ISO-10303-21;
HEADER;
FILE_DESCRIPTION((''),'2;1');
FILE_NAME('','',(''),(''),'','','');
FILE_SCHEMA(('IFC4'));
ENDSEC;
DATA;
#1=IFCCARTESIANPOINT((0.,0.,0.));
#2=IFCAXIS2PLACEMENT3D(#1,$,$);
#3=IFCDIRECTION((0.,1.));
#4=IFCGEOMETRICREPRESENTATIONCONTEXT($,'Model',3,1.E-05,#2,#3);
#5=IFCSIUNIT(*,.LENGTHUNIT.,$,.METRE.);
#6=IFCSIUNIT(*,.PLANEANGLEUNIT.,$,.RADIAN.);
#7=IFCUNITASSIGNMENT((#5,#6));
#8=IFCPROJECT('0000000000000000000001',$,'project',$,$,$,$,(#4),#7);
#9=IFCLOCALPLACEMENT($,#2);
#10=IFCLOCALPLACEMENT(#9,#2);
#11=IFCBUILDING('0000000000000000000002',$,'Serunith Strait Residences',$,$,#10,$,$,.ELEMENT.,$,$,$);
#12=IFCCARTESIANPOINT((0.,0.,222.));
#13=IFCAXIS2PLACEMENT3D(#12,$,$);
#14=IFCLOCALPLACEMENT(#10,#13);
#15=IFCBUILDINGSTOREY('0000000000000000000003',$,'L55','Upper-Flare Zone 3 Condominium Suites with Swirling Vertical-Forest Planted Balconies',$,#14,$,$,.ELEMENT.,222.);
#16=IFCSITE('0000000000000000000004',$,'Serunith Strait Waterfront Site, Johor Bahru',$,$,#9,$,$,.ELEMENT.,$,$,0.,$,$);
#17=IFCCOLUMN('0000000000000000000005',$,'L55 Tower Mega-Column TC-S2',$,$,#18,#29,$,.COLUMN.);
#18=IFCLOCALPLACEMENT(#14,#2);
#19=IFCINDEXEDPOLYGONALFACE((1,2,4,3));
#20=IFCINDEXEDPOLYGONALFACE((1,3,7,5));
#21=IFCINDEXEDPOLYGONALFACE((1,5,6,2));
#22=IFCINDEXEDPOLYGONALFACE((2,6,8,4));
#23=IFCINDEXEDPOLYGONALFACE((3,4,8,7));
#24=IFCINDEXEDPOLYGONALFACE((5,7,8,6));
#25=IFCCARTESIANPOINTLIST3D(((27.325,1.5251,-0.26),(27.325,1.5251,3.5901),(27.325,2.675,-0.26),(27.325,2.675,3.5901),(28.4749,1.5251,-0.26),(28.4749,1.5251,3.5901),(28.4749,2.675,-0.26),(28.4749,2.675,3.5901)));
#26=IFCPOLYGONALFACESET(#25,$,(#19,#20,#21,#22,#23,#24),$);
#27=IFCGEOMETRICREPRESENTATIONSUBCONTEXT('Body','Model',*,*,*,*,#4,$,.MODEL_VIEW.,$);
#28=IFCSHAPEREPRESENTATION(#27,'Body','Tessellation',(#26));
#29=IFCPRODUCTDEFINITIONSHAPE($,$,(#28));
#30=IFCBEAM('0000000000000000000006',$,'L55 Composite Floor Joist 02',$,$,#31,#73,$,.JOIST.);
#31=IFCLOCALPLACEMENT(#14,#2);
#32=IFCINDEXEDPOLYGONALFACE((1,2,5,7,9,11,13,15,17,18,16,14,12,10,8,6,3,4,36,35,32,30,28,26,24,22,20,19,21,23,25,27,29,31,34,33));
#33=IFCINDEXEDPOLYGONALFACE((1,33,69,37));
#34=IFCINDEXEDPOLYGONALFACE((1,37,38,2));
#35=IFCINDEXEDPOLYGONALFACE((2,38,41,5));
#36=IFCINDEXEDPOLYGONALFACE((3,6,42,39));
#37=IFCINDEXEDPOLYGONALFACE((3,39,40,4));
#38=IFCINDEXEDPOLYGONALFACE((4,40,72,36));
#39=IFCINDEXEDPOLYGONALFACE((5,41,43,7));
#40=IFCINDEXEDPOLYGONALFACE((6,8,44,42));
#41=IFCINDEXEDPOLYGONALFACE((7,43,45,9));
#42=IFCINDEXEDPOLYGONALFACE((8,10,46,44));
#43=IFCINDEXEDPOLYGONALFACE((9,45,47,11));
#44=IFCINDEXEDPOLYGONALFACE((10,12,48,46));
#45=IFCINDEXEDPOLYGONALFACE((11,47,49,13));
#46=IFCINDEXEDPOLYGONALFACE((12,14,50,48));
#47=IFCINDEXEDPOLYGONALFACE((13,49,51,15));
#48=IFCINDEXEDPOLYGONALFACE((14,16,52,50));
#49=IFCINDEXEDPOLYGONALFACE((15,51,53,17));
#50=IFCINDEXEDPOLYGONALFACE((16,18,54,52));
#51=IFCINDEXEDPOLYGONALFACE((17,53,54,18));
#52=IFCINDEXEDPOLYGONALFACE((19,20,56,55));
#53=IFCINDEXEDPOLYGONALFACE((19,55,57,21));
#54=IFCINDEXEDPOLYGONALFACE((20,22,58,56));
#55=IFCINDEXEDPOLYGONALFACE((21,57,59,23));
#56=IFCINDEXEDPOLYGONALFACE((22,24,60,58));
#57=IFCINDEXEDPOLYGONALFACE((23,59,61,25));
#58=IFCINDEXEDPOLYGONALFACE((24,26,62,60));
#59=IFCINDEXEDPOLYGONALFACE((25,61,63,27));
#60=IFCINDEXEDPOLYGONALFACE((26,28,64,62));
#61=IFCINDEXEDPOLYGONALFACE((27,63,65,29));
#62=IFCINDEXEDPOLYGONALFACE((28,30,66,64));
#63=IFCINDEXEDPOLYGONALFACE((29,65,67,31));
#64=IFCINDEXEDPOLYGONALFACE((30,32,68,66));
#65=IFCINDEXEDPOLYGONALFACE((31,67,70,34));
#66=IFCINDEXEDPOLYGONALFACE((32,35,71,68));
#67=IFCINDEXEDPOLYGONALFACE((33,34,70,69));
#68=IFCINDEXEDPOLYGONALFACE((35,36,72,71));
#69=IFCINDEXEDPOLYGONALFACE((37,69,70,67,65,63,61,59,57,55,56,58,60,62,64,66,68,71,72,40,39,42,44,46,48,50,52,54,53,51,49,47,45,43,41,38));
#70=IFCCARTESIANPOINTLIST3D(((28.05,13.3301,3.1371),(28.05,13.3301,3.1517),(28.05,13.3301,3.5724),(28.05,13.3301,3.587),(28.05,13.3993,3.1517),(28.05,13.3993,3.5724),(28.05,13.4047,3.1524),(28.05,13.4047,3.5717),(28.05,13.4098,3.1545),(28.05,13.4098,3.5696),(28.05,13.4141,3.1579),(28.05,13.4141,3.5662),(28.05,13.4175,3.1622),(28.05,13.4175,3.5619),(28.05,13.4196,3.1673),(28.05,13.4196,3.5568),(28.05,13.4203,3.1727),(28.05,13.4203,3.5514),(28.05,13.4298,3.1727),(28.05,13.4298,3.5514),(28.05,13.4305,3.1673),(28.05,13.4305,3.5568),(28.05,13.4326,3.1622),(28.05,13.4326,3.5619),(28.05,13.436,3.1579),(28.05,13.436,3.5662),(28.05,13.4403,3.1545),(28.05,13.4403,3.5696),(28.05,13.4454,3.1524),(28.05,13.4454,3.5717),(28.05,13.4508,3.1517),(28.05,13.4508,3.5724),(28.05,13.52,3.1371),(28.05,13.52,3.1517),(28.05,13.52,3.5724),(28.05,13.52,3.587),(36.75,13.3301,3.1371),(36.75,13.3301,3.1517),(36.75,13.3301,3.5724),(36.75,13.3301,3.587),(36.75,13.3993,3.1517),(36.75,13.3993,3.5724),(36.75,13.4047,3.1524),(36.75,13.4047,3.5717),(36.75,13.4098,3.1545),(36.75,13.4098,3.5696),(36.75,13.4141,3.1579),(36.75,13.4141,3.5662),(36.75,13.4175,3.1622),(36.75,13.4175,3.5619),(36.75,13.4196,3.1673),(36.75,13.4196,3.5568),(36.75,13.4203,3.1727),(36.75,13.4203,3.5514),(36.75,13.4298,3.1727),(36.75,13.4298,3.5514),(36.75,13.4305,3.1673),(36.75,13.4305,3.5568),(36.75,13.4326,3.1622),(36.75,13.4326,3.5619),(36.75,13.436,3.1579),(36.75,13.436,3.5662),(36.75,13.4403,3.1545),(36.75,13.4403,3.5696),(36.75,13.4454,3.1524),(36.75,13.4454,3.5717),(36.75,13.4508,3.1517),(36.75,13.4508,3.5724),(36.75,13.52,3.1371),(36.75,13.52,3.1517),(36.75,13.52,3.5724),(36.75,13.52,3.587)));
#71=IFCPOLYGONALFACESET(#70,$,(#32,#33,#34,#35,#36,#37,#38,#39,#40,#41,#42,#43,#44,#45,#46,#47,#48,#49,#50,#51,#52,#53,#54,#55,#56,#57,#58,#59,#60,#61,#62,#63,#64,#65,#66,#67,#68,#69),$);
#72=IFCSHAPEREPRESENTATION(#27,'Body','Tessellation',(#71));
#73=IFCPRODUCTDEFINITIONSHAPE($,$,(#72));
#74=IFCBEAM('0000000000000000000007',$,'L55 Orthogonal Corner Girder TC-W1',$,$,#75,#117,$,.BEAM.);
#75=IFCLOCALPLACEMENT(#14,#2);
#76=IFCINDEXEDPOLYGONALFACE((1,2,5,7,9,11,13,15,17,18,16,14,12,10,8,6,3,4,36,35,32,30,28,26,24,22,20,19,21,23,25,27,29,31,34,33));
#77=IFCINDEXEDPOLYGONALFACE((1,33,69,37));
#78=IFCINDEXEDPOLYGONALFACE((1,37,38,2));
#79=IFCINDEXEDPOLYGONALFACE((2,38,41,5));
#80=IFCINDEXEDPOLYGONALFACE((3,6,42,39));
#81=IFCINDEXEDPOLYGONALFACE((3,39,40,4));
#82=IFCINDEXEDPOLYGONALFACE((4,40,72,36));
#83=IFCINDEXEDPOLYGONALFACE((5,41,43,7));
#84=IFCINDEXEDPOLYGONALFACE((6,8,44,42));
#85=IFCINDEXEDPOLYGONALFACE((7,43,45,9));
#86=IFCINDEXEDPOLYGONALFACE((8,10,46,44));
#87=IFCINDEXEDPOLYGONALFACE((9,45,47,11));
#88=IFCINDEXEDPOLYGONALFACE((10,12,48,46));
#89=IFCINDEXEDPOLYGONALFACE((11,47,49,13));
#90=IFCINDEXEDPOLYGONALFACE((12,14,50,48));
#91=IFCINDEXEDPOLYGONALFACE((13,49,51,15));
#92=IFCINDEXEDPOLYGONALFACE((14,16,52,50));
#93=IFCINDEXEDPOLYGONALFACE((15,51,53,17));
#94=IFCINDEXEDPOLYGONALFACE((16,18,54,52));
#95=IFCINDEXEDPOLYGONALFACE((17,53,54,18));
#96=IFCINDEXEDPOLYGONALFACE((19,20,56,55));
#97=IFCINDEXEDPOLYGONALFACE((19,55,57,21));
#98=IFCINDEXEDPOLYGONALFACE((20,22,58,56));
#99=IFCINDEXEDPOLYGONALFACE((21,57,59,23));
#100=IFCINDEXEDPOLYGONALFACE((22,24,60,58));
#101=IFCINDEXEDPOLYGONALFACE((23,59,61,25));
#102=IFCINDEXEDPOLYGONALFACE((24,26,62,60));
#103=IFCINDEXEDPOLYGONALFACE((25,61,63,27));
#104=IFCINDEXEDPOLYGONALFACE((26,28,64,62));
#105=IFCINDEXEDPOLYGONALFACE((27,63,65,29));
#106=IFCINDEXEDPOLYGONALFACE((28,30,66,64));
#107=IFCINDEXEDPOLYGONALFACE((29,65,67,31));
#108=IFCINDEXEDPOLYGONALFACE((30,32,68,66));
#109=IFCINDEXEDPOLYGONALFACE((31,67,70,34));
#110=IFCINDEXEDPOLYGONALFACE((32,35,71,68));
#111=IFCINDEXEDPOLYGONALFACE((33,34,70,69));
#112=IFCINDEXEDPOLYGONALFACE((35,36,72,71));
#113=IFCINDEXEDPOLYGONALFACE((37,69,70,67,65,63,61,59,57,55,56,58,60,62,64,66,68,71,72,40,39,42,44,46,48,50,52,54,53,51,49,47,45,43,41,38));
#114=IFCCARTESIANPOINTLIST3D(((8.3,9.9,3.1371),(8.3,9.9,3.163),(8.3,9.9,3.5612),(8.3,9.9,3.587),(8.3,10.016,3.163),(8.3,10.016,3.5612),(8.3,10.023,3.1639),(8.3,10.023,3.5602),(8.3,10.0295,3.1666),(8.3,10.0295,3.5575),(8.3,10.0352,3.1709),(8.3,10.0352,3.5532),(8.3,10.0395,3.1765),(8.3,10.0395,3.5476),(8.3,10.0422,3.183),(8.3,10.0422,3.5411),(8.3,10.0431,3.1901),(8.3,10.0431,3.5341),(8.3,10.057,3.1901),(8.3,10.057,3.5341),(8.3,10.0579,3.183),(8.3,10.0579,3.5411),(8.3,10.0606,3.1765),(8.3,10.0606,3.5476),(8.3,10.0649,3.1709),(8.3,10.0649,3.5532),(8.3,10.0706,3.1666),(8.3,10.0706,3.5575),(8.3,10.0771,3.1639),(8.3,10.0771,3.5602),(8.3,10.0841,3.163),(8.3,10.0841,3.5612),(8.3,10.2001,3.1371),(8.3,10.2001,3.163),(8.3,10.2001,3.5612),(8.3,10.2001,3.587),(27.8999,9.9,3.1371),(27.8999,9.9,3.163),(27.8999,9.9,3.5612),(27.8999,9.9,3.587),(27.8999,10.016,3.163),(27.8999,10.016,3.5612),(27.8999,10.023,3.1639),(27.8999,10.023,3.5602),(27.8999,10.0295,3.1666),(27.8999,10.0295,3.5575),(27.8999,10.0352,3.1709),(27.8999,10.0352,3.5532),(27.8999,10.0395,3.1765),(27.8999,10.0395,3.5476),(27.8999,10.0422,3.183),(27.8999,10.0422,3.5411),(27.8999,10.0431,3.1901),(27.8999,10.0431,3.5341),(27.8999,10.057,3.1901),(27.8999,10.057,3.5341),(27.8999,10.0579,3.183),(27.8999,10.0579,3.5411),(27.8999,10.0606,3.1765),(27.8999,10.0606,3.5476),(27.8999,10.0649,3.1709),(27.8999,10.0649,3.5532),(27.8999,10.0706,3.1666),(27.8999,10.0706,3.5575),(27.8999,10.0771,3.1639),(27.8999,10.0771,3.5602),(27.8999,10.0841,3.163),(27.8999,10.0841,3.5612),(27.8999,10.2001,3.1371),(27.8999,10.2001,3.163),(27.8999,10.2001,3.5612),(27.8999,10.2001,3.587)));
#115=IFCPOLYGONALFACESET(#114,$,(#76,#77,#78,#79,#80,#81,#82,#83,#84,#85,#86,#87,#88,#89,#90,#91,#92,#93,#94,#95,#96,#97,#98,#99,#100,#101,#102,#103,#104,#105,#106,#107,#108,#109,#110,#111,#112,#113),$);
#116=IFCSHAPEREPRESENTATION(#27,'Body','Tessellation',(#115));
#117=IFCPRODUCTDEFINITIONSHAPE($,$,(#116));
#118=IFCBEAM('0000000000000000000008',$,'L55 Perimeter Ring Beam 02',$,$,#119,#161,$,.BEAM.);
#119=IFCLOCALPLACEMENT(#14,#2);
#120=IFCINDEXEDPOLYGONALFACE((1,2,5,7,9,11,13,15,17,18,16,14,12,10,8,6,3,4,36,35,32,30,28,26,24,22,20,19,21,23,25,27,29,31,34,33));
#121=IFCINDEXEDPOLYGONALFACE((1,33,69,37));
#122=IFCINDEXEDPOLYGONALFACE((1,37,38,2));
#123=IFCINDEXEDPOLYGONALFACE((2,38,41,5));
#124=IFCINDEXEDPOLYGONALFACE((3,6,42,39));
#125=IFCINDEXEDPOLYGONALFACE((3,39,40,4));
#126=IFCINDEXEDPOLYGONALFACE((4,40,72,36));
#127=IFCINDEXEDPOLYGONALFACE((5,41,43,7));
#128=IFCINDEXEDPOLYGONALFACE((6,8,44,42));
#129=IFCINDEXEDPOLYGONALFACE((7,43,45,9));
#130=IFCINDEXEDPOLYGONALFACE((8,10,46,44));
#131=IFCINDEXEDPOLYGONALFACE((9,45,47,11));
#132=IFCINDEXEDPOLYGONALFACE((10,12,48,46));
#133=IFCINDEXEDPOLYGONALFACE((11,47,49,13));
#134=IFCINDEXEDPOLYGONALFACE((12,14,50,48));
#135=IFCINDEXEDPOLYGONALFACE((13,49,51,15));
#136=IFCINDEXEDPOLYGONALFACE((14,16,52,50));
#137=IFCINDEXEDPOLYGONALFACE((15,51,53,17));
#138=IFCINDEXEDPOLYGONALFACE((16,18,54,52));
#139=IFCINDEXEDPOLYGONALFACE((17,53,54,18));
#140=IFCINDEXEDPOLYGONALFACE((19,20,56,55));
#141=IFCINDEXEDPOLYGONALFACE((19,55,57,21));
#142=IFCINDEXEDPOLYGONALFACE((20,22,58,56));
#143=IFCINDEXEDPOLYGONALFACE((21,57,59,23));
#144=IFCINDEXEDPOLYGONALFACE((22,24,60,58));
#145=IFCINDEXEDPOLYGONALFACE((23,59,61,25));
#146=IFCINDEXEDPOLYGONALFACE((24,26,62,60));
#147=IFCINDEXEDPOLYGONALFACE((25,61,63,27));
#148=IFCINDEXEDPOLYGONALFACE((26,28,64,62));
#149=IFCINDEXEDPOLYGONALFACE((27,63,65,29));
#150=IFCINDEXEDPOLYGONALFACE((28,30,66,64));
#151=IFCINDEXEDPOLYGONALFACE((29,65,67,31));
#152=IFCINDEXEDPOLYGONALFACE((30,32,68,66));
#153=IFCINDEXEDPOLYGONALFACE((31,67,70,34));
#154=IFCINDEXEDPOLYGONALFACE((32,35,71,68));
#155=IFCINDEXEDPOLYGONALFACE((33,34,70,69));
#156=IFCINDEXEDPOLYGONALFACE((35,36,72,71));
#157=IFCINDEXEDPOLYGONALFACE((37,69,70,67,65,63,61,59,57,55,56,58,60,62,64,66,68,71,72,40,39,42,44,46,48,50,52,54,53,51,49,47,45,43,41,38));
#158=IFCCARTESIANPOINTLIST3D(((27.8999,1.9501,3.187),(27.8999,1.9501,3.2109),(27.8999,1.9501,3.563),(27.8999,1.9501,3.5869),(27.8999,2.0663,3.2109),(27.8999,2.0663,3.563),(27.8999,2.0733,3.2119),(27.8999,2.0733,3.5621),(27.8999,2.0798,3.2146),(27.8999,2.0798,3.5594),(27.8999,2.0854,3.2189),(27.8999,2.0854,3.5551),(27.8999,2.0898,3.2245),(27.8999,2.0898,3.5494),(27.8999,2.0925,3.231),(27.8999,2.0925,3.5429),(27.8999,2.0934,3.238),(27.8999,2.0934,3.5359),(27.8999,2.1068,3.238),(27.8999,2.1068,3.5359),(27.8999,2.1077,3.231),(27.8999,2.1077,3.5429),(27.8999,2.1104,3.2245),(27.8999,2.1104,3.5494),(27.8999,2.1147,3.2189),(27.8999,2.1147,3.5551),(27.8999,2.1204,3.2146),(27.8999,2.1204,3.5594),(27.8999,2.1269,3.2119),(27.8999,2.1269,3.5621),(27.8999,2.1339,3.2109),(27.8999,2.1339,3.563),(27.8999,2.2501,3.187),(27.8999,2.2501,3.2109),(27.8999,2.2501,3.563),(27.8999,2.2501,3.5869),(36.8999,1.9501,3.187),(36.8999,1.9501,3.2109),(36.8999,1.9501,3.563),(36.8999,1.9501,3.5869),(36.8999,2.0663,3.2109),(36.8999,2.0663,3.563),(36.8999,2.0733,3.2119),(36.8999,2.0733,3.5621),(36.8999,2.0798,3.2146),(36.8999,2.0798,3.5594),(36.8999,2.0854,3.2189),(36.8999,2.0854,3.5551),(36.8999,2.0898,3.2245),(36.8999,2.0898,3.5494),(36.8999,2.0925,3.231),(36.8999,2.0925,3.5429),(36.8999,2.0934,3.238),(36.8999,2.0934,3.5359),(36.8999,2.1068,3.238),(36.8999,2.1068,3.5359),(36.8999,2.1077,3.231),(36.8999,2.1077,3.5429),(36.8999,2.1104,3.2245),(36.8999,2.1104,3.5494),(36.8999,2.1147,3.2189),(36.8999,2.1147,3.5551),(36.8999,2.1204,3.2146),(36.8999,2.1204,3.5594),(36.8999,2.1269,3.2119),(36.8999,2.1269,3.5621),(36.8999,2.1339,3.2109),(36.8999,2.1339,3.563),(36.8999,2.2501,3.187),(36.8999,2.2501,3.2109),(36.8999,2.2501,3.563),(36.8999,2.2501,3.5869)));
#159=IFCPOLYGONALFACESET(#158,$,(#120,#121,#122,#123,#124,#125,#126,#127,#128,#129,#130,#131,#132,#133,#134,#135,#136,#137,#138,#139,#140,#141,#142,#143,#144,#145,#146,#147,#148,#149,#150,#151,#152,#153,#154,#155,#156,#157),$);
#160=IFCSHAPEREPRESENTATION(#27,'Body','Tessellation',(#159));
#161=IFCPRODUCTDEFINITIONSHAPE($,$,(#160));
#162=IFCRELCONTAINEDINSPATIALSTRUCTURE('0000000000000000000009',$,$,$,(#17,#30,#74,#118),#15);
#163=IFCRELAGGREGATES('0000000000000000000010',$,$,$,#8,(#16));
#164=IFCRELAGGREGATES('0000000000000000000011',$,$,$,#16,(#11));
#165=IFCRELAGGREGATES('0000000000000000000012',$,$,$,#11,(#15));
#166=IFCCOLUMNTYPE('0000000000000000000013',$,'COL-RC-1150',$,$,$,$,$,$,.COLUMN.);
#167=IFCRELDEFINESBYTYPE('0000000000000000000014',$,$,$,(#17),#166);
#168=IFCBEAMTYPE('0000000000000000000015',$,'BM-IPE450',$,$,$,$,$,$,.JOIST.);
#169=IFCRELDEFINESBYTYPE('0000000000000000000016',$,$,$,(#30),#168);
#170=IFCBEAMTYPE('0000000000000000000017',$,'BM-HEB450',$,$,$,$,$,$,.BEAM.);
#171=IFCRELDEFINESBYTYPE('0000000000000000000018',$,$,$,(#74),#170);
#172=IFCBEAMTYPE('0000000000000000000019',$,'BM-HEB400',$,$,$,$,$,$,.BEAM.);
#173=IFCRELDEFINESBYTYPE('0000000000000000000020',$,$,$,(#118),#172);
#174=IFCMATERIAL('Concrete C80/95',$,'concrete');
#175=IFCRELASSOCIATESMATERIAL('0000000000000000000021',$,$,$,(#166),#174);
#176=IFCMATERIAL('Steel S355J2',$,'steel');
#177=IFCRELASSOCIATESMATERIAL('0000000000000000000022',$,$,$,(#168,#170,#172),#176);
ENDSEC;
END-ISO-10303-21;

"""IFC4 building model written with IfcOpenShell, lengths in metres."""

from ifc_helpers import new_model, si_unit, direction, frame, origin, origin_2d, place, context, subcontext, project, spatial, rectangle, i_section, extrude, source, transform, mapped, material, material_profile, profile_set, type_object, element, save


model = new_model("IFC4")

# Units and contexts
model_context = context("Model", 3, precision=1e-05, world=origin(), true_north=direction((0.0, 1.0)))
body_context = subcontext(model_context, "Body", "Model", "MODEL_VIEW")
ifc_project = project(units=[si_unit("LENGTHUNIT", "METRE"), si_unit("PLANEANGLEUNIT", "RADIAN")], contexts=[model_context])

# Site, building, storey
site_placement = place(None, origin())
site = spatial("IfcSite", under=ifc_project, at=site_placement, Name="Serunith Strait Waterfront Site, Johor Bahru", CompositionType="ELEMENT", RefElevation=0.0)
building_placement = place(site_placement, origin())
building = spatial("IfcBuilding", under=site, at=building_placement, Name="Serunith Strait Residences", CompositionType="ELEMENT")
storey_placement = place(building_placement, frame((0.0, 0.0, 222.0)))
storey = spatial("IfcBuildingStorey", under=building, at=storey_placement, Name="L55", Description="Upper-Flare Zone 3 Condominium Suites with Swirling Vertical-Forest Planted Balconies", CompositionType="ELEMENT", Elevation=222.0)

# Column
ifc_material_1 = material(Name="Concrete C80/95", Category="concrete")
ifc_material_profile_1 = material_profile(ifc_material_1, rectangle(XDim=1.1499, YDim=1.1499, at=origin_2d()), Name="RC 1150x1150")
ifc_profile_set_1 = profile_set([ifc_material_profile_1], Name="Concrete C80/95")
column_type = type_object("IfcColumnType", Name="COL-RC-1150", PredefinedType="COLUMN", material=ifc_profile_set_1)
shared_shape_1 = source(origin(), body_context, "Body", "SweptSolid", [
    extrude(rectangle(XDim=1.1499, YDim=1.1499, at=origin_2d()), origin(), (0.0, 0.0, 1.0), 3.8501),
])
column_placement = place(storey_placement, frame((27.8999, 2.1001, -0.26), z_axis=(0.0, 0.0, 1.0), x_axis=(1.0, 0.0, 0.0)))
element("IfcColumn", 1, at=column_placement, inside=storey, type_object=column_type, Name="L55 Tower Mega-Column TC-S2", PredefinedType="COLUMN", context=body_context, shape_type="MappedRepresentation", body=[
    mapped(shared_shape_1, transform((0.0, 0.0, 0.0), scale=1.0)),
])

# Beams
ifc_material_2 = material(Name="Steel S355J2", Category="steel")
ifc_material_profile_2 = material_profile(ifc_material_2, i_section(OverallWidth=0.1899, OverallDepth=0.45, WebThickness=0.0095, FlangeThickness=0.0146, FilletRadius=0.021, at=origin_2d()), Name="IPE 450")
ifc_profile_set_2 = profile_set([ifc_material_profile_2], Name="Steel S355J2")
beam_type_1 = type_object("IfcBeamType", Name="BM-IPE450", PredefinedType="JOIST", material=ifc_profile_set_2)
shared_shape_2 = source(origin(), body_context, "Body", "SweptSolid", [
    extrude(i_section(OverallWidth=0.1899, OverallDepth=0.45, WebThickness=0.0095, FlangeThickness=0.0146, FilletRadius=0.021, at=origin_2d()), origin(), (0.0, 0.0, 1.0), 8.7),
])
beam_1_placement = place(storey_placement, frame((28.05, 13.425, 3.3621), z_axis=(1.0, 0.0, 0.0), x_axis=(0.0, 1.0, 0.0)))
element("IfcBeam", 2, at=beam_1_placement, inside=storey, type_object=beam_type_1, Name="L55 Composite Floor Joist 02", PredefinedType="JOIST", context=body_context, shape_type="MappedRepresentation", body=[
    mapped(shared_shape_2, transform((0.0, 0.0, 0.0), scale=1.0)),
])
ifc_material_profile_3 = material_profile(ifc_material_2, i_section(OverallWidth=0.3, OverallDepth=0.45, WebThickness=0.0139, FlangeThickness=0.0259, FilletRadius=0.0271, at=origin_2d()), Name="HEB 450")
ifc_profile_set_3 = profile_set([ifc_material_profile_3], Name="Steel S355J2")
beam_type_2 = type_object("IfcBeamType", Name="BM-HEB450", PredefinedType="BEAM", material=ifc_profile_set_3)
shared_shape_3 = source(origin(), body_context, "Body", "SweptSolid", [
    extrude(i_section(OverallWidth=0.3, OverallDepth=0.45, WebThickness=0.0139, FlangeThickness=0.0259, FilletRadius=0.0271, at=origin_2d()), origin(), (0.0, 0.0, 1.0), 19.5999),
])
beam_2_placement = place(storey_placement, frame((27.8999, 10.05, 3.3621), z_axis=(-1.0, 0.0, 0.0), x_axis=(0.0, -1.0, 0.0)))
element("IfcBeam", 3, at=beam_2_placement, inside=storey, type_object=beam_type_2, Name="L55 Orthogonal Corner Girder TC-W1", PredefinedType="BEAM", context=body_context, shape_type="MappedRepresentation", body=[
    mapped(shared_shape_3, transform((0.0, 0.0, 0.0), scale=1.0)),
])
ifc_material_profile_4 = material_profile(ifc_material_2, i_section(OverallWidth=0.3, OverallDepth=0.3999, WebThickness=0.0134, FlangeThickness=0.0239, FilletRadius=0.0271, at=origin_2d()), Name="HEB 400")
ifc_profile_set_4 = profile_set([ifc_material_profile_4], Name="Steel S355J2")
beam_type_3 = type_object("IfcBeamType", Name="BM-HEB400", PredefinedType="BEAM", material=ifc_profile_set_4)
shared_shape_4 = source(origin(), body_context, "Body", "SweptSolid", [
    extrude(i_section(OverallWidth=0.3, OverallDepth=0.3999, WebThickness=0.0134, FlangeThickness=0.0239, FilletRadius=0.0271, at=origin_2d()), origin(), (0.0, 0.0, 1.0), 9.0),
])
beam_3_placement = place(storey_placement, frame((27.8999, 2.1001, 3.387), z_axis=(1.0, 0.0, 0.0), x_axis=(0.0, 1.0, 0.0)))
element("IfcBeam", 4, at=beam_3_placement, inside=storey, type_object=beam_type_3, Name="L55 Perimeter Ring Beam 02", PredefinedType="BEAM", context=body_context, shape_type="MappedRepresentation", body=[
    mapped(shared_shape_4, transform((0.0, 0.0, 0.0), scale=1.0)),
])

save(model, "model.ifc")
